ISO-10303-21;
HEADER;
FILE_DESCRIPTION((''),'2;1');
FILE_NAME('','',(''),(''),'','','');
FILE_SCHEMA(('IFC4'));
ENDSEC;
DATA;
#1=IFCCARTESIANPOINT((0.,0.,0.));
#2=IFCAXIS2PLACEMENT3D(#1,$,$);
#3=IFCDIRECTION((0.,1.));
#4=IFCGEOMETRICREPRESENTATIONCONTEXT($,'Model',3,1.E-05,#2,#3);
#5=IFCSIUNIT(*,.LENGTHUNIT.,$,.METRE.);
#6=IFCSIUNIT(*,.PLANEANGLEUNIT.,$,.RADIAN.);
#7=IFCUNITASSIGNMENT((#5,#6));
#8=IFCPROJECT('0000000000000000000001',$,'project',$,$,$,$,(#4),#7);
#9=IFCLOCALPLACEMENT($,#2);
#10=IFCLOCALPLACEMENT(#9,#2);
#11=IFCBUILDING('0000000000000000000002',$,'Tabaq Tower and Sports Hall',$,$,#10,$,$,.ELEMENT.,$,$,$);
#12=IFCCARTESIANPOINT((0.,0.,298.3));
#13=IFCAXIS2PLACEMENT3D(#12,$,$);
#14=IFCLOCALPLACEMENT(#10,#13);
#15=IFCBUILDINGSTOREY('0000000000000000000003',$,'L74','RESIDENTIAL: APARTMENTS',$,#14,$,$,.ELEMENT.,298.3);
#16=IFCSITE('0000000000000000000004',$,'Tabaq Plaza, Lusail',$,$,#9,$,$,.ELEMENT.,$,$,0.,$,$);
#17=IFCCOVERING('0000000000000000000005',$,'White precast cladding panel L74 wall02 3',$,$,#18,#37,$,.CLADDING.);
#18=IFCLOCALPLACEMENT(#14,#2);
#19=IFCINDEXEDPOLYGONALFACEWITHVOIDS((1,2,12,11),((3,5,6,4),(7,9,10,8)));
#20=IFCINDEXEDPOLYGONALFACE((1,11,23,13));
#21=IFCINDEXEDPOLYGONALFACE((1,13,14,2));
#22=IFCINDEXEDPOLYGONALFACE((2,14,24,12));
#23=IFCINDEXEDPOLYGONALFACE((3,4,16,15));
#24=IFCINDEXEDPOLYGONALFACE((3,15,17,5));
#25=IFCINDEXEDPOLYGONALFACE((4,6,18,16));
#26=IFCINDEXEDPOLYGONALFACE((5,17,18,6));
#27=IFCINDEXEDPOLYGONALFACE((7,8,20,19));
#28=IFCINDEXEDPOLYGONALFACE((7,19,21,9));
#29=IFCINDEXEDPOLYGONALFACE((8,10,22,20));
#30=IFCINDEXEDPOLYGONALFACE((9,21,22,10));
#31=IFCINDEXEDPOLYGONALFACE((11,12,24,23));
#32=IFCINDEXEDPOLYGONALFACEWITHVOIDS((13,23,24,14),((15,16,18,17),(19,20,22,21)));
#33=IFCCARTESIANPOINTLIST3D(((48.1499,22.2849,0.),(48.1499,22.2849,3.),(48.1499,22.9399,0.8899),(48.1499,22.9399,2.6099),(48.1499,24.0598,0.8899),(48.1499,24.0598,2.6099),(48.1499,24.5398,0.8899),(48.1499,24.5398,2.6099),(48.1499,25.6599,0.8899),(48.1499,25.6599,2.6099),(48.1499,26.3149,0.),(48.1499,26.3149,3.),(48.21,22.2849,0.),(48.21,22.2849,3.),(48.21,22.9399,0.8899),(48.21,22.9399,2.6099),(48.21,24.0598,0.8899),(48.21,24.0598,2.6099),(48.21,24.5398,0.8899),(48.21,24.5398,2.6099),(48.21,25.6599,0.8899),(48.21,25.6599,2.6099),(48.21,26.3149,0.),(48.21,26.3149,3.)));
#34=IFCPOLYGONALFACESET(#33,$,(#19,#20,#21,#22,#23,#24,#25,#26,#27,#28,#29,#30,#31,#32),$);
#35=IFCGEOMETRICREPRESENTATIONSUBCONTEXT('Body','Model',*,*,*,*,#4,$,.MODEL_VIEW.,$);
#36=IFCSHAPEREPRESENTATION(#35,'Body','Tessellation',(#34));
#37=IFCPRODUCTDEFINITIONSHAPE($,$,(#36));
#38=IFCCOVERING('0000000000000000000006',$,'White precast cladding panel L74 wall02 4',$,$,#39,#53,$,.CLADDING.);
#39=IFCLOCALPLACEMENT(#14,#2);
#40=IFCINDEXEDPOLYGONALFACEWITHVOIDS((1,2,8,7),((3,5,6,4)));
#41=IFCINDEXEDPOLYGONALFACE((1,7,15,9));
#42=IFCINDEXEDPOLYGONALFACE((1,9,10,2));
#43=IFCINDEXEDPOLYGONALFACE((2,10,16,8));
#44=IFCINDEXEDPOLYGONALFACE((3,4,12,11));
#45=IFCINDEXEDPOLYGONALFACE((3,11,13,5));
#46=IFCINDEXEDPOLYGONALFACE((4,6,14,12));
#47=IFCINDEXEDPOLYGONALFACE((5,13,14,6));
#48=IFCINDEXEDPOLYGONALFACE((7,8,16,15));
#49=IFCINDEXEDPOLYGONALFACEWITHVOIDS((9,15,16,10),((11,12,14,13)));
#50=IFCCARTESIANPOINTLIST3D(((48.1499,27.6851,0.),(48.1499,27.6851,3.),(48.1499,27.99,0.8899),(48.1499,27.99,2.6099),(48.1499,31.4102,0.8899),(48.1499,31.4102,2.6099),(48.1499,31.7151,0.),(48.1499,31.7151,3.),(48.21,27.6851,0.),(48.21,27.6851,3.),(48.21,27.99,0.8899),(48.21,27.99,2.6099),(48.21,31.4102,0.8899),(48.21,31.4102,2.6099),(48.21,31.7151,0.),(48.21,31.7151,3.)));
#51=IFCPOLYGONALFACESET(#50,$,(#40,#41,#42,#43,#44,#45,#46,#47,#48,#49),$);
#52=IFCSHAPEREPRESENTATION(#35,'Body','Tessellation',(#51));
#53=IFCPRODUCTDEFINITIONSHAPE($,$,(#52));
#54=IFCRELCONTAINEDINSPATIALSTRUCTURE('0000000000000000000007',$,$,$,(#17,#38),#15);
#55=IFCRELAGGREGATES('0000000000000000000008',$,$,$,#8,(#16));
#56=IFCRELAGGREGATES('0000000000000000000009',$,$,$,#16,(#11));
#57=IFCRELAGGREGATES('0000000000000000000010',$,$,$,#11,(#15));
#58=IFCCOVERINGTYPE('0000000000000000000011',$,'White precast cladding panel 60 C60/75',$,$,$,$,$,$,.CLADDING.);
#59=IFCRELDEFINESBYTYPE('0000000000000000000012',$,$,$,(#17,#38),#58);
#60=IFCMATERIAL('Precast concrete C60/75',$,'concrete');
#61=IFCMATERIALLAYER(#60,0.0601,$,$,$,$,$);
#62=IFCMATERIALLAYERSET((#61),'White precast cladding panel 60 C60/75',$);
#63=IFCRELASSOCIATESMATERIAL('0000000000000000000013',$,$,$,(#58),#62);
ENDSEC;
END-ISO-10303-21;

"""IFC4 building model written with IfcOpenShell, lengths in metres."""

from ifc_helpers import new_model, si_unit, direction, frame, origin, place, context, subcontext, project, spatial, polyline, outline, extrude, material, layer, layer_set, type_object, element, save


model = new_model("IFC4")

# Units and contexts
model_context = context("Model", 3, precision=1e-05, world=origin(), true_north=direction((0.0, 1.0)))
body_context = subcontext(model_context, "Body", "Model", "MODEL_VIEW")
ifc_project = project(units=[si_unit("LENGTHUNIT", "METRE"), si_unit("PLANEANGLEUNIT", "RADIAN")], contexts=[model_context])

# Site, building, storey
site_placement = place(None, origin())
site = spatial("IfcSite", under=ifc_project, at=site_placement, Name="Tabaq Plaza, Lusail", CompositionType="ELEMENT", RefElevation=0.0)
building_placement = place(site_placement, origin())
building = spatial("IfcBuilding", under=site, at=building_placement, Name="Tabaq Tower and Sports Hall", CompositionType="ELEMENT")
storey_placement = place(building_placement, frame((0.0, 0.0, 298.3)))
storey = spatial("IfcBuildingStorey", under=building, at=storey_placement, Name="L74", Description="RESIDENTIAL: APARTMENTS", CompositionType="ELEMENT", Elevation=298.3)

# Coverings
ifc_material_1 = material(Name="Precast concrete C60/75", Category="concrete")
ifc_layer_1 = layer(ifc_material_1, 0.0601)
ifc_layer_set_1 = layer_set([ifc_layer_1], Name="White precast cladding panel 60 C60/75")
covering_type_1 = type_object("IfcCoveringType", Name="White precast cladding panel 60 C60/75", PredefinedType="CLADDING", material=ifc_layer_set_1)
covering_1_placement = place(storey_placement, frame((48.1799, 22.2849, 0.0), z_axis=(0.0, 0.0, 1.0), x_axis=(0.0, 1.0, 0.0)))
element("IfcCovering", 1, at=covering_1_placement, inside=storey, type_object=covering_type_1, Name="White precast cladding panel L74 wall02 3", PredefinedType="CLADDING", context=body_context, shape_type="SweptSolid", body=[
    extrude(outline(polyline([(0.0, 0.0), (4.03, 0.0), (4.03, 3.0), (0.0, 3.0), (0.0, 0.0)]), holes=[polyline([(0.655, 2.6099), (1.7749, 2.6099), (1.7749, 0.8899), (0.655, 0.8899), (0.655, 2.6099)]), polyline([(2.2549, 2.6099), (3.375, 2.6099), (3.375, 0.8899), (2.2549, 0.8899), (2.2549, 2.6099)])]), frame((0.0, 0.03, 0.0), z_axis=(0.0, -1.0, 0.0), x_axis=(1.0, 0.0, 0.0)), (0.0, 0.0, 1.0), 0.0601),
])
covering_2_placement = place(storey_placement, frame((48.1799, 27.6851, 0.0), z_axis=(0.0, 0.0, 1.0), x_axis=(0.0, 1.0, 0.0)))
element("IfcCovering", 2, at=covering_2_placement, inside=storey, type_object=covering_type_1, Name="White precast cladding panel L74 wall02 4", PredefinedType="CLADDING", context=body_context, shape_type="SweptSolid", body=[
    extrude(outline(polyline([(0.0, 0.0), (4.03, 0.0), (4.03, 3.0), (0.0, 3.0), (0.0, 0.0)]), holes=[polyline([(0.3049, 0.8899), (0.3049, 2.6099), (3.7251, 2.6099), (3.7251, 0.8899), (0.3049, 0.8899)])]), frame((0.0, 0.03, 0.0), z_axis=(0.0, -1.0, 0.0), x_axis=(1.0, 0.0, 0.0)), (0.0, 0.0, 1.0), 0.0601),
])

save(model, "model.ifc")
